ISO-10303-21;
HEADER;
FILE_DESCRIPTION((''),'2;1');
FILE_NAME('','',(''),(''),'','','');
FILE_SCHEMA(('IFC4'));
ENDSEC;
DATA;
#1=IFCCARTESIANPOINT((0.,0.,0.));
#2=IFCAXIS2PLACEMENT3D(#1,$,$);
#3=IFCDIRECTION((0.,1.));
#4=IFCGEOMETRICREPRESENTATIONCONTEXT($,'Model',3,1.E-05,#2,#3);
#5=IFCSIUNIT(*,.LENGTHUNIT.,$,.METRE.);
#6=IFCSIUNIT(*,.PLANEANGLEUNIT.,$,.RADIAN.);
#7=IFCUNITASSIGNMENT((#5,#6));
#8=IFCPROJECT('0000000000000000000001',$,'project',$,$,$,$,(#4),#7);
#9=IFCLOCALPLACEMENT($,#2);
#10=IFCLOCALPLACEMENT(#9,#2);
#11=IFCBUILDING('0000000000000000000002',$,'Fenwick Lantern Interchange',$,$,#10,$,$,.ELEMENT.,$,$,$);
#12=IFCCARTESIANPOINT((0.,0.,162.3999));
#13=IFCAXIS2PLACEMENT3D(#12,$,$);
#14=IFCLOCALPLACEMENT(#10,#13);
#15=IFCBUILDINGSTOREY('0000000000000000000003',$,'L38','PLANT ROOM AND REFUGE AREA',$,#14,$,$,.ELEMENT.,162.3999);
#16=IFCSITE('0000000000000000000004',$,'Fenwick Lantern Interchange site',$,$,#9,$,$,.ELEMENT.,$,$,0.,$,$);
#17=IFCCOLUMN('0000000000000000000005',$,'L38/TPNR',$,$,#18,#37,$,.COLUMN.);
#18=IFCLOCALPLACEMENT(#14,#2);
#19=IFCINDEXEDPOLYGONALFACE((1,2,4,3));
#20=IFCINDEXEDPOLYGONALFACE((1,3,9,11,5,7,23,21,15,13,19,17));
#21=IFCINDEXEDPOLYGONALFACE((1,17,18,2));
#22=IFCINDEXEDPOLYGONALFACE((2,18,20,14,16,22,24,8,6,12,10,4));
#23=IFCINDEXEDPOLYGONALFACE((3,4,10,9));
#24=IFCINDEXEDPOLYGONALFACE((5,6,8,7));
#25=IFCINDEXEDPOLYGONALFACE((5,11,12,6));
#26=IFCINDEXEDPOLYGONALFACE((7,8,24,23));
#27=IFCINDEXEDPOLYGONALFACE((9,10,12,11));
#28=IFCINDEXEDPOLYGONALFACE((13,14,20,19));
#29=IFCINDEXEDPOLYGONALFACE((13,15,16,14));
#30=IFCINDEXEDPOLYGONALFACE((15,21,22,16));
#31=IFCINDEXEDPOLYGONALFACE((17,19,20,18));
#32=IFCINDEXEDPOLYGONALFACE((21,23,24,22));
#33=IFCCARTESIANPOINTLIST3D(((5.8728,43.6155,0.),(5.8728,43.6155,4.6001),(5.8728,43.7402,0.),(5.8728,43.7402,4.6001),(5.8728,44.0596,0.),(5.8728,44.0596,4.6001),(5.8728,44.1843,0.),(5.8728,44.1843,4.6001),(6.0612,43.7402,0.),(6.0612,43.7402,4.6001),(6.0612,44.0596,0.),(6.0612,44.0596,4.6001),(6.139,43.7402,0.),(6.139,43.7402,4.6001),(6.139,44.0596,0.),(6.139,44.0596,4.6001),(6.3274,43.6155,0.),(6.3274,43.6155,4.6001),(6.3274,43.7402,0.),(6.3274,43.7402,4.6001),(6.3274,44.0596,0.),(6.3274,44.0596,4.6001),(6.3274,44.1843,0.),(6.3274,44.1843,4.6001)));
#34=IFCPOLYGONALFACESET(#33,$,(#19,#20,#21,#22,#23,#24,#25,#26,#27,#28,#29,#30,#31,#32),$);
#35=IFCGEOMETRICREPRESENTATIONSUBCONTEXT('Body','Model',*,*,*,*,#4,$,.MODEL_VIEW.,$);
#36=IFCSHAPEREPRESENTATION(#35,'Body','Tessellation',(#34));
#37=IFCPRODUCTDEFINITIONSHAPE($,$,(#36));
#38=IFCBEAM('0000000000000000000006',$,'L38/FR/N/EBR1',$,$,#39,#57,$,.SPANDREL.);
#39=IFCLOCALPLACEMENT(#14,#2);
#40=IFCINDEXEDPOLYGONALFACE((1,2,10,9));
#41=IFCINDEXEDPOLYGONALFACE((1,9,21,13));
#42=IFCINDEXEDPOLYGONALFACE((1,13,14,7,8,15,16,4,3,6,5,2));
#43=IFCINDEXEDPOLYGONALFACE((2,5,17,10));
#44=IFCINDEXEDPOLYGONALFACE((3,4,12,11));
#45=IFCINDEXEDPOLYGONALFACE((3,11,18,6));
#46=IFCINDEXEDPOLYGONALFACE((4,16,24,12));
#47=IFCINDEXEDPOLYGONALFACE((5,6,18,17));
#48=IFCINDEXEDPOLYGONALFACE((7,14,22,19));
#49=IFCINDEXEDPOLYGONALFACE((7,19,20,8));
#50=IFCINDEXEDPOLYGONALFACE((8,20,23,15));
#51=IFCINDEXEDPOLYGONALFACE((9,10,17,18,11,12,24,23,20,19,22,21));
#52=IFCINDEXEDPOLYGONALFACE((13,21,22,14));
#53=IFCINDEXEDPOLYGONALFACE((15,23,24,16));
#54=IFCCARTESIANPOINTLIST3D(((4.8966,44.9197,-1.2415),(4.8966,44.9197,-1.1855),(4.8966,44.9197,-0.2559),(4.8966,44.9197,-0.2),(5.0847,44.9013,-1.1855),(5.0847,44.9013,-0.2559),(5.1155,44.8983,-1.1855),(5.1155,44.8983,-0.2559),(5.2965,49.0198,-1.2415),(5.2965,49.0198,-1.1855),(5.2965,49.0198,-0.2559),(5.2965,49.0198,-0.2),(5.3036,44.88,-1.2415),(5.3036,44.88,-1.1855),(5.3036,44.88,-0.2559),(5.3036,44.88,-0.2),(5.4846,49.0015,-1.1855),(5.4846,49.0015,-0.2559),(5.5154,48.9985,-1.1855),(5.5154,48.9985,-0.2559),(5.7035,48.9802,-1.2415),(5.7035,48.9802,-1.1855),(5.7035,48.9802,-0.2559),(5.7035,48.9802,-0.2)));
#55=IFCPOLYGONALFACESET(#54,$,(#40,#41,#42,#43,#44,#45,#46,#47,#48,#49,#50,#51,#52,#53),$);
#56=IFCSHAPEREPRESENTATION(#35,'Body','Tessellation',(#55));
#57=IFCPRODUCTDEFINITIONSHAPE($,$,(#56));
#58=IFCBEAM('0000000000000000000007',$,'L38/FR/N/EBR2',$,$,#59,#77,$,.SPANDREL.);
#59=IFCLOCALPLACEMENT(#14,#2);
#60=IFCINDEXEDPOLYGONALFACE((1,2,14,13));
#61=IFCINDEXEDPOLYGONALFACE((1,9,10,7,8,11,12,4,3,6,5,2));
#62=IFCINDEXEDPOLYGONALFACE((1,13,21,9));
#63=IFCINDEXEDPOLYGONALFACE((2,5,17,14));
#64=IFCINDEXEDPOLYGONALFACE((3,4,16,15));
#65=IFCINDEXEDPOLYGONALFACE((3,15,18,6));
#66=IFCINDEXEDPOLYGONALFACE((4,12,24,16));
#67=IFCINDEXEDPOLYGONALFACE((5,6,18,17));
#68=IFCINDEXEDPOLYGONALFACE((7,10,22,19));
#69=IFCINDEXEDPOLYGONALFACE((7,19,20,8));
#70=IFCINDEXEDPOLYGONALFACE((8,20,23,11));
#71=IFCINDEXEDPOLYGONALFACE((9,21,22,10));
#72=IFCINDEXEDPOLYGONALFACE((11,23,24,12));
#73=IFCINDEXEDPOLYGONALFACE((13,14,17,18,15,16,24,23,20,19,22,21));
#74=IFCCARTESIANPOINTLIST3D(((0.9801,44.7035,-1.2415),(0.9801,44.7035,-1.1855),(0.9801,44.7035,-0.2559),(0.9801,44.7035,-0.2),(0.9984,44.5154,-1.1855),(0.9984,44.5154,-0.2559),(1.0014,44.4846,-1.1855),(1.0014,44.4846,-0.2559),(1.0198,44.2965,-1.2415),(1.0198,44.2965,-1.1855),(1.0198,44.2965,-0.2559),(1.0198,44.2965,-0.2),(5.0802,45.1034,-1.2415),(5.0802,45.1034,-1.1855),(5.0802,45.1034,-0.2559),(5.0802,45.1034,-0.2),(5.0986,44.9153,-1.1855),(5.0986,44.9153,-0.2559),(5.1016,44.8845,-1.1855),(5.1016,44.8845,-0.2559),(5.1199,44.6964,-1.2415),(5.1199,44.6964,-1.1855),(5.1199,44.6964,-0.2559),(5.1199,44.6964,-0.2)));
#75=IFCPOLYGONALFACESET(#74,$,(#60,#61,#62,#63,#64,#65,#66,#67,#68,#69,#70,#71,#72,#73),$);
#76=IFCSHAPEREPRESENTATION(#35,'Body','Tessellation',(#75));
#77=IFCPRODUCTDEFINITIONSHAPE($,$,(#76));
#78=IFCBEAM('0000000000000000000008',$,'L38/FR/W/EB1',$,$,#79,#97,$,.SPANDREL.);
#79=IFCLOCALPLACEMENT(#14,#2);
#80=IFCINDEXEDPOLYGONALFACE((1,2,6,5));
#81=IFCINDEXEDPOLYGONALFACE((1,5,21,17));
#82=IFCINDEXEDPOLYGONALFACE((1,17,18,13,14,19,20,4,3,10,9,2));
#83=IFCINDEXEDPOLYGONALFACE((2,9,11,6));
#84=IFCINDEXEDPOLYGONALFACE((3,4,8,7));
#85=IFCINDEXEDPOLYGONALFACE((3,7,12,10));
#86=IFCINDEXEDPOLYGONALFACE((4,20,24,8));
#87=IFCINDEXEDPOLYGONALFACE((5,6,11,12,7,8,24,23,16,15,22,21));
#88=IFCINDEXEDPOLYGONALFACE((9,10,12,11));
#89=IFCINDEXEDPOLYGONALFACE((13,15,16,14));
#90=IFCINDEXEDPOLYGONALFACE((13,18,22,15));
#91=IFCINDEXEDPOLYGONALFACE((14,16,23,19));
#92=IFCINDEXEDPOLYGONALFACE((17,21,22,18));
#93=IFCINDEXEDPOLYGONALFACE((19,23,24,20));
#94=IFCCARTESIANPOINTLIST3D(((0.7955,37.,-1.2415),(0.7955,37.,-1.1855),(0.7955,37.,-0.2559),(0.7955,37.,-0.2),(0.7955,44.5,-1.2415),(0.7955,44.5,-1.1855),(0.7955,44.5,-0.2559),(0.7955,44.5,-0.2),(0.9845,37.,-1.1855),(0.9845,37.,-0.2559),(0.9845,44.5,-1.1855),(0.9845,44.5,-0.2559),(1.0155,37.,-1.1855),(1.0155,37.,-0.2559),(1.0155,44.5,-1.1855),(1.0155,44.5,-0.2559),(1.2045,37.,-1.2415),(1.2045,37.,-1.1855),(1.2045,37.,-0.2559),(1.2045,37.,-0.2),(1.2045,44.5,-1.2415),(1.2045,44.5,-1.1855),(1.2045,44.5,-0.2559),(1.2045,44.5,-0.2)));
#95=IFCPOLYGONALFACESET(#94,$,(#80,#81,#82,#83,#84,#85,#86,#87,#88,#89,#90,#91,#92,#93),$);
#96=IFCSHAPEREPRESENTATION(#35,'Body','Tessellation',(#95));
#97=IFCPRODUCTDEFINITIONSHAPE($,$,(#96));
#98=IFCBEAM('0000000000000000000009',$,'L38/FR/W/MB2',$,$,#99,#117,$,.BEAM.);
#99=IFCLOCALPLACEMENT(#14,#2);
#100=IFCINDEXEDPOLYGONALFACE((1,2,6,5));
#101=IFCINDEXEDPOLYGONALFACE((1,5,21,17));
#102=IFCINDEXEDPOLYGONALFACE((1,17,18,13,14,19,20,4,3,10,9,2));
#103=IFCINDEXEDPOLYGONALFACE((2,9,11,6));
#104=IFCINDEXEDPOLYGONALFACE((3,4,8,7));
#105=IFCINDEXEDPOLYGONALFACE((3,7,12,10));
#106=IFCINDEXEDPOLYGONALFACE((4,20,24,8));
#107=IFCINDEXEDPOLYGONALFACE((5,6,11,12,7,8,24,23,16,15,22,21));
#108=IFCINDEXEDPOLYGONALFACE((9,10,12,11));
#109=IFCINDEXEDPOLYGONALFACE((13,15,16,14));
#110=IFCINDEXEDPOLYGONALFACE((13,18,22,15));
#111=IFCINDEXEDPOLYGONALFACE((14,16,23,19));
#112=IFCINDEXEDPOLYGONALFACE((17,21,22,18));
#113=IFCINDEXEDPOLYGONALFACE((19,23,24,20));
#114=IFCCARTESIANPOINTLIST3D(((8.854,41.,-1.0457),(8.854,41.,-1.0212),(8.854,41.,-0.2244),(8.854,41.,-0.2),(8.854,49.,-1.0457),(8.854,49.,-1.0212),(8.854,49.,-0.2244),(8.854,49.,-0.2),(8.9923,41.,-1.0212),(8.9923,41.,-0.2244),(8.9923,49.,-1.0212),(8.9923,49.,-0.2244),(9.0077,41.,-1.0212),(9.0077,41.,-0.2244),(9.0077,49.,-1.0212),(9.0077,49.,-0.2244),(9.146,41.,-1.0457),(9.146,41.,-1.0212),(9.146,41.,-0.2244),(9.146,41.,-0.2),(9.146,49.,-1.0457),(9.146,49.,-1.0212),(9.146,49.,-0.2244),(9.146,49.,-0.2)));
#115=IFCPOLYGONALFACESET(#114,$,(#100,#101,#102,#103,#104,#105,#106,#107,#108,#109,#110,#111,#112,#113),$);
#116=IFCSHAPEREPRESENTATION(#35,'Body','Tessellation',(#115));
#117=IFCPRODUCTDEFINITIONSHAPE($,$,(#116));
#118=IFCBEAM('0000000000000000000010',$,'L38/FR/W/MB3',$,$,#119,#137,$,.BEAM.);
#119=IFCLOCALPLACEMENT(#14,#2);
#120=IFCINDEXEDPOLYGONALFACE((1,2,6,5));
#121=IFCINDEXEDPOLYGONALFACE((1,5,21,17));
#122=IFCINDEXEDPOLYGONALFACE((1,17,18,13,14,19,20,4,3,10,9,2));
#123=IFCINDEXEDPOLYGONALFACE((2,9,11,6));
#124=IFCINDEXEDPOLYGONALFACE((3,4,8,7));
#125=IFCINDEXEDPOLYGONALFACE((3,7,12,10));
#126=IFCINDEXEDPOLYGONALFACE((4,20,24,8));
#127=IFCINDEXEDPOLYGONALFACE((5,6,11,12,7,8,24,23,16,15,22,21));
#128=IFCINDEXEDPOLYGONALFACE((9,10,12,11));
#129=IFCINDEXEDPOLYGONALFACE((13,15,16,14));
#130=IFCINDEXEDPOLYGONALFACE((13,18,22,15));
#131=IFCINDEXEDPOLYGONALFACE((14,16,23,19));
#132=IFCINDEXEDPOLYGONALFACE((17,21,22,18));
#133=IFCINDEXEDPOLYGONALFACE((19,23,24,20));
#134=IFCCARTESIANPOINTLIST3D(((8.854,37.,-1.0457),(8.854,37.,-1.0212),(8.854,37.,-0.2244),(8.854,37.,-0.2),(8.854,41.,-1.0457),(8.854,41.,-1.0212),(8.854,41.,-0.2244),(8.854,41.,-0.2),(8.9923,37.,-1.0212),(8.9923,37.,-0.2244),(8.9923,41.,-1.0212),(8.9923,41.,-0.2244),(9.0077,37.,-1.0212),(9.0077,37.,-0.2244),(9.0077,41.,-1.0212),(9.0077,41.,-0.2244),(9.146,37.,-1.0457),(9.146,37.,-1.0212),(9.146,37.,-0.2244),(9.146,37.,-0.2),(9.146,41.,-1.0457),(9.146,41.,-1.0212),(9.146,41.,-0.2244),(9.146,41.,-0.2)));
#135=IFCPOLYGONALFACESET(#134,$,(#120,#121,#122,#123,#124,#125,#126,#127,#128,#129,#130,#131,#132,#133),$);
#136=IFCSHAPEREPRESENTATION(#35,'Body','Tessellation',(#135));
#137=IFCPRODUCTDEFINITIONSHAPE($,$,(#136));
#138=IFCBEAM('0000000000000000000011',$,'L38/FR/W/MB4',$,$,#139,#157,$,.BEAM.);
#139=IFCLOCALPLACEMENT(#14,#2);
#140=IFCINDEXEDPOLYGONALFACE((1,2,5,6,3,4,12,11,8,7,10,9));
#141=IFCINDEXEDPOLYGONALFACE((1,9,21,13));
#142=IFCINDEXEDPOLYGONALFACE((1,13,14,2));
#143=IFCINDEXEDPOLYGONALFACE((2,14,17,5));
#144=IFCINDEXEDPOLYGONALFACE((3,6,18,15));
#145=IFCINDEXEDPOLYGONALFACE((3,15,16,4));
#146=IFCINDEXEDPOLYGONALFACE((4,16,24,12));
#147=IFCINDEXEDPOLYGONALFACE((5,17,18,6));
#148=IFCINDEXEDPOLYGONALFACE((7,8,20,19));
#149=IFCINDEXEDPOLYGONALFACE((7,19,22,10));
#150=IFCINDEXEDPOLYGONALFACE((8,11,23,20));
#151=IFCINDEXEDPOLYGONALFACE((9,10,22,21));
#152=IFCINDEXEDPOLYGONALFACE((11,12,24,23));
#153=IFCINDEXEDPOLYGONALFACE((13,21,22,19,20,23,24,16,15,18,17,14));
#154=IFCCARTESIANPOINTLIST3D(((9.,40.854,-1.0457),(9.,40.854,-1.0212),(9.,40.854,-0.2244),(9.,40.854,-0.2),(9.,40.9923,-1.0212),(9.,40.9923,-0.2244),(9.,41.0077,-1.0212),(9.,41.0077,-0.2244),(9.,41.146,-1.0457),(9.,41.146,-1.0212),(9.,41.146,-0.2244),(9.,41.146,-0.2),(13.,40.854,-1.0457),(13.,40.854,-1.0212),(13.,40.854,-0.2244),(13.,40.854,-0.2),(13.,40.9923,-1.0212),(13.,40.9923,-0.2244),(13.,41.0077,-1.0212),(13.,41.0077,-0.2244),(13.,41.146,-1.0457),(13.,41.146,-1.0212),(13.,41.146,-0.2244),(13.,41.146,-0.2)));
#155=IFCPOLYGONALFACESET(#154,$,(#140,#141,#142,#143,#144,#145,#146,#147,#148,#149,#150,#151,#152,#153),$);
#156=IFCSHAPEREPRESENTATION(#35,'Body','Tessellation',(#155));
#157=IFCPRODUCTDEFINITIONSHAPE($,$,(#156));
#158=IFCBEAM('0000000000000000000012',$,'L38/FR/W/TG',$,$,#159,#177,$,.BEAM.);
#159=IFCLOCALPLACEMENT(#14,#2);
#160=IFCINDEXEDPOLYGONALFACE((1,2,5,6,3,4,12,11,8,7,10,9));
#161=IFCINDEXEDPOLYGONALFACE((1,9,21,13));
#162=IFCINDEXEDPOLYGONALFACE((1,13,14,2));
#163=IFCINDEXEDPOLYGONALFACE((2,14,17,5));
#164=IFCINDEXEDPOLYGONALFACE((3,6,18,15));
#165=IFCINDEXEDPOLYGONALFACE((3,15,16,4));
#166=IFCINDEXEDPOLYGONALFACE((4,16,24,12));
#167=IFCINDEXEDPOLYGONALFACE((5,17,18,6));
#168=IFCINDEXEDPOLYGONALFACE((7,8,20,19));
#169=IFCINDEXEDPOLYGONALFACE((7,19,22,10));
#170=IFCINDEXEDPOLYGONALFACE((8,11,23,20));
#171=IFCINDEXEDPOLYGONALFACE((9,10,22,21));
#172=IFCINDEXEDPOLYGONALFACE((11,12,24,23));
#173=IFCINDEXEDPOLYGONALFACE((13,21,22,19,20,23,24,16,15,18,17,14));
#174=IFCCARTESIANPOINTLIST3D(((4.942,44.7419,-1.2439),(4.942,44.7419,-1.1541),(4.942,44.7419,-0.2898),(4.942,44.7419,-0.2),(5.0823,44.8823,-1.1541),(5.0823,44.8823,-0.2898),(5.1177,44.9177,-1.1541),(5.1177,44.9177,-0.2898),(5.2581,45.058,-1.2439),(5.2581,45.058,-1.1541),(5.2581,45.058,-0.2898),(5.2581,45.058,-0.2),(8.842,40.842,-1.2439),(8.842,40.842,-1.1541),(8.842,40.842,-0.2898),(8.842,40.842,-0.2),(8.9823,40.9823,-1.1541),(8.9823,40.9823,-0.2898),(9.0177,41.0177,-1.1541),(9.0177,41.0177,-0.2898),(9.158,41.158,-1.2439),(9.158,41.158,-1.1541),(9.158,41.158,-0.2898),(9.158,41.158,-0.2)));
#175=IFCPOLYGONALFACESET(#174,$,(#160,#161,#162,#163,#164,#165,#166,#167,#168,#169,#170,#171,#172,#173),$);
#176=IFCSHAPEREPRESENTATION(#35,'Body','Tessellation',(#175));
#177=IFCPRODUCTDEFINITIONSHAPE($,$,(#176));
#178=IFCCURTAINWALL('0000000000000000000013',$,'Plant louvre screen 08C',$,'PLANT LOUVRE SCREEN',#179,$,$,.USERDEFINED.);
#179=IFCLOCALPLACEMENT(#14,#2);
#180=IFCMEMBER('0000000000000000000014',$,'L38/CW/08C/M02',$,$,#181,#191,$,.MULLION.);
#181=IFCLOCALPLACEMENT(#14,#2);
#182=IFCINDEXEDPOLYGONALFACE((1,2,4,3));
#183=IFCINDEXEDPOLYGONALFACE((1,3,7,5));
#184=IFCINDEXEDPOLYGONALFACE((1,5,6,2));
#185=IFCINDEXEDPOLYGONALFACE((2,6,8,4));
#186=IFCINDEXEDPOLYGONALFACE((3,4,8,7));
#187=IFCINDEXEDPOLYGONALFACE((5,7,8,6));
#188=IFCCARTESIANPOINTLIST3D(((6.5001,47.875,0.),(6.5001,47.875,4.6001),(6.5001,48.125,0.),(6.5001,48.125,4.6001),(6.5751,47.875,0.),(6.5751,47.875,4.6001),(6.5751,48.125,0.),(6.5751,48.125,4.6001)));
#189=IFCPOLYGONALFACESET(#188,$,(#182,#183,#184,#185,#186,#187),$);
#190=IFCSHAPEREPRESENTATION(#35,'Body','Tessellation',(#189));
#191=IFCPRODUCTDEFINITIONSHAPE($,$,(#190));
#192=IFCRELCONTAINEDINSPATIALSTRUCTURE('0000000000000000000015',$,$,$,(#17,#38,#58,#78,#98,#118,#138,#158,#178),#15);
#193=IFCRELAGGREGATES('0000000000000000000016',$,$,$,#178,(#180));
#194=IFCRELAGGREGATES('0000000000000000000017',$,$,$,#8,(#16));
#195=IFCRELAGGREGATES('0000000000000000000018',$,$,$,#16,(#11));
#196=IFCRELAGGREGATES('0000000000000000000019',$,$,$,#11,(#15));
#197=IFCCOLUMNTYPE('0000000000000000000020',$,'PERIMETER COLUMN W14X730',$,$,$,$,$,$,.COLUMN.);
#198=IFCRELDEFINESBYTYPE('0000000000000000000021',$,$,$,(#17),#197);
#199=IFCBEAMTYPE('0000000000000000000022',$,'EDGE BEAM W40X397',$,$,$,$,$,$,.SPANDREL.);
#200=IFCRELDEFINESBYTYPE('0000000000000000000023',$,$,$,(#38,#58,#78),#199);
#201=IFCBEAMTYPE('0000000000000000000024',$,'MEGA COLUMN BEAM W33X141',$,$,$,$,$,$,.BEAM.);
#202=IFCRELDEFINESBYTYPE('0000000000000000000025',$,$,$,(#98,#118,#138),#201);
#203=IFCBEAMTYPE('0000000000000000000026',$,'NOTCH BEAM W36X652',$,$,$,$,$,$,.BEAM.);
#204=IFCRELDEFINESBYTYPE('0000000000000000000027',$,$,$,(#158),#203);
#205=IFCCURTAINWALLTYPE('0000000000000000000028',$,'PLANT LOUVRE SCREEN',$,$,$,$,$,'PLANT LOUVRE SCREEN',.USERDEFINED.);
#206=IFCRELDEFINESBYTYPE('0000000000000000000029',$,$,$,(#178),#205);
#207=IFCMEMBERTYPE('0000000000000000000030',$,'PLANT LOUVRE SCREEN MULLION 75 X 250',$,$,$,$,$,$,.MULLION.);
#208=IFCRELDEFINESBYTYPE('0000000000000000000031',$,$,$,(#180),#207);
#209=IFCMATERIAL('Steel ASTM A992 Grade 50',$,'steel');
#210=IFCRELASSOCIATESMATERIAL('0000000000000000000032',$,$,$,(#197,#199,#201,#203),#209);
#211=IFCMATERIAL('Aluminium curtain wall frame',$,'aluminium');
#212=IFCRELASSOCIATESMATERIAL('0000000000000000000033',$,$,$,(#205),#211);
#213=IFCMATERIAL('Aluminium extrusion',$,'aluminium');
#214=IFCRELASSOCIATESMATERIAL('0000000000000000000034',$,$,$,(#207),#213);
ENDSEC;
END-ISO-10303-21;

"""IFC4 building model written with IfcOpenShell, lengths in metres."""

from ifc_helpers import new_model, si_unit, direction, frame, origin, origin_2d, place, context, subcontext, project, spatial, rectangle, i_section, extrude, material, material_profile, profile_set, type_object, element, aggregate, save


model = new_model("IFC4")

# Units and contexts
model_context = context("Model", 3, precision=1e-05, world=origin(), true_north=direction((0.0, 1.0)))
body_context = subcontext(model_context, "Body", "Model", "MODEL_VIEW")
ifc_project = project(units=[si_unit("LENGTHUNIT", "METRE"), si_unit("PLANEANGLEUNIT", "RADIAN")], contexts=[model_context])

# Site, building, storey
site_placement = place(None, origin())
site = spatial("IfcSite", under=ifc_project, at=site_placement, Name="Fenwick Lantern Interchange site", CompositionType="ELEMENT", RefElevation=0.0)
building_placement = place(site_placement, origin())
building = spatial("IfcBuilding", under=site, at=building_placement, Name="Fenwick Lantern Interchange", CompositionType="ELEMENT")
storey_placement = place(building_placement, frame((0.0, 0.0, 162.3999)))
storey = spatial("IfcBuildingStorey", under=building, at=storey_placement, Name="L38", Description="PLANT ROOM AND REFUGE AREA", CompositionType="ELEMENT", Elevation=162.3999)

# Column
ifc_material_1 = material(Name="Steel ASTM A992 Grade 50", Category="steel")
ifc_material_profile_1 = material_profile(ifc_material_1, i_section(OverallWidth=0.4546, OverallDepth=0.5688, WebThickness=0.0779, FlangeThickness=0.1248, at=origin_2d()), Name="W14X730")
ifc_profile_set_1 = profile_set([ifc_material_profile_1], Name="Steel ASTM A992 Grade 50")
column_type = type_object("IfcColumnType", Name="PERIMETER COLUMN W14X730", PredefinedType="COLUMN", material=ifc_profile_set_1)
column_placement = place(storey_placement, frame((6.1001, 43.8999, 0.0), z_axis=(0.0, 0.0, 1.0), x_axis=(1.0, 0.0, 0.0)))
element("IfcColumn", 1, at=column_placement, inside=storey, type_object=column_type, Name="L38/TPNR", PredefinedType="COLUMN", context=body_context, shape_type="SweptSolid", body=[
    extrude(i_section(OverallWidth=0.4546, OverallDepth=0.5688, WebThickness=0.0779, FlangeThickness=0.1248, at=origin_2d()), origin(), (0.0, 0.0, 1.0), 4.6001),
])

# Beams
ifc_material_profile_2 = material_profile(ifc_material_1, i_section(OverallWidth=0.4089, OverallDepth=1.0415, WebThickness=0.031, FlangeThickness=0.0559, at=origin_2d()), Name="W40X397")
ifc_profile_set_2 = profile_set([ifc_material_profile_2], Name="Steel ASTM A992 Grade 50")
beam_type_1 = type_object("IfcBeamType", Name="EDGE BEAM W40X397", PredefinedType="SPANDREL", material=ifc_profile_set_2)
for number, where, z_axis, x_axis, name in (
    (2, (5.5, 49.0, -0.7207), (-0.097074, -0.995277, 0.0), (0.995277, -0.097074, 0.0), "L38/FR/N/EBR1"),
    (3, (5.1001, 44.8999, -0.7207), (-0.995277, -0.097074, 0.0), (0.097074, -0.995277, 0.0), "L38/FR/N/EBR2"),
):
    element("IfcBeam", number, at=place(storey_placement, frame(where, z_axis=z_axis, x_axis=x_axis)), inside=storey, type_object=beam_type_1, Name=name, PredefinedType="SPANDREL", context=body_context, shape_type="SweptSolid", body=[
        extrude(i_section(OverallWidth=0.4089, OverallDepth=1.0415, WebThickness=0.031, FlangeThickness=0.0559, at=origin_2d()), origin(), (0.0, 0.0, 1.0), 4.1196),
    ])
beam_1_placement = place(storey_placement, frame((1.0, 44.5, -0.7207), z_axis=(0.0, -1.0, 0.0), x_axis=(1.0, 0.0, 0.0)))
element("IfcBeam", 4, at=beam_1_placement, inside=storey, type_object=beam_type_1, Name="L38/FR/W/EB1", PredefinedType="SPANDREL", context=body_context, shape_type="SweptSolid", body=[
    extrude(i_section(OverallWidth=0.4089, OverallDepth=1.0415, WebThickness=0.031, FlangeThickness=0.0559, at=origin_2d()), origin(), (0.0, 0.0, 1.0), 7.5),
])
ifc_material_profile_3 = material_profile(ifc_material_1, i_section(OverallWidth=0.292, OverallDepth=0.8457, WebThickness=0.0154, FlangeThickness=0.0244, at=origin_2d()), Name="W33X141")
ifc_profile_set_3 = profile_set([ifc_material_profile_3], Name="Steel ASTM A992 Grade 50")
beam_type_2 = type_object("IfcBeamType", Name="MEGA COLUMN BEAM W33X141", PredefinedType="BEAM", material=ifc_profile_set_3)
beam_2_placement = place(storey_placement, frame((9.0, 41.0, -0.6228), z_axis=(0.0, 1.0, 0.0), x_axis=(-1.0, 0.0, 0.0)))
element("IfcBeam", 5, at=beam_2_placement, inside=storey, type_object=beam_type_2, Name="L38/FR/W/MB2", PredefinedType="BEAM", context=body_context, shape_type="SweptSolid", body=[
    extrude(i_section(OverallWidth=0.292, OverallDepth=0.8457, WebThickness=0.0154, FlangeThickness=0.0244, at=origin_2d()), origin(), (0.0, 0.0, 1.0), 8.0),
])
for number, where, z_axis, x_axis, name in (
    (6, (9.0, 41.0, -0.6228), (0.0, -1.0, 0.0), (1.0, 0.0, 0.0), "L38/FR/W/MB3"),
    (7, (9.0, 41.0, -0.6228), (1.0, 0.0, 0.0), (0.0, 1.0, 0.0), "L38/FR/W/MB4"),
):
    element("IfcBeam", number, at=place(storey_placement, frame(where, z_axis=z_axis, x_axis=x_axis)), inside=storey, type_object=beam_type_2, Name=name, PredefinedType="BEAM", context=body_context, shape_type="SweptSolid", body=[
        extrude(i_section(OverallWidth=0.292, OverallDepth=0.8457, WebThickness=0.0154, FlangeThickness=0.0244, at=origin_2d()), origin(), (0.0, 0.0, 1.0), 4.0),
    ])
ifc_material_profile_4 = material_profile(ifc_material_1, i_section(OverallWidth=0.447, OverallDepth=1.0439, WebThickness=0.05, FlangeThickness=0.0898, at=origin_2d()), Name="W36X652")
ifc_profile_set_4 = profile_set([ifc_material_profile_4], Name="Steel ASTM A992 Grade 50")
beam_type_3 = type_object("IfcBeamType", Name="NOTCH BEAM W36X652", PredefinedType="BEAM", material=ifc_profile_set_4)
beam_3_placement = place(storey_placement, frame((9.0, 41.0, -0.7219), z_axis=(-0.707107, 0.707107, 0.0), x_axis=(-0.707107, -0.707107, 0.0)))
element("IfcBeam", 8, at=beam_3_placement, inside=storey, type_object=beam_type_3, Name="L38/FR/W/TG", PredefinedType="BEAM", context=body_context, shape_type="SweptSolid", body=[
    extrude(i_section(OverallWidth=0.447, OverallDepth=1.0439, WebThickness=0.05, FlangeThickness=0.0898, at=origin_2d()), origin(), (0.0, 0.0, 1.0), 5.5154),
])

# Curtain wall, member
ifc_material_2 = material(Name="Aluminium curtain wall frame", Category="aluminium")
curtain_wall_type = type_object("IfcCurtainWallType", Name="PLANT LOUVRE SCREEN", ElementType="PLANT LOUVRE SCREEN", PredefinedType="USERDEFINED", material=ifc_material_2)
curtain_wall_1_placement = place(storey_placement, origin())
curtain_wall_1 = element("IfcCurtainWall", 9, at=curtain_wall_1_placement, inside=storey, type_object=curtain_wall_type, Name="Plant louvre screen 08C", ObjectType="PLANT LOUVRE SCREEN", PredefinedType="USERDEFINED")
ifc_material_3 = material(Name="Aluminium extrusion", Category="aluminium")
ifc_material_profile_5 = material_profile(ifc_material_3, rectangle(XDim=0.25, YDim=0.075, at=origin_2d()), Name="PLANT LOUVRE SCREEN MULLION 75 X 250")
ifc_profile_set_5 = profile_set([ifc_material_profile_5], Name="Aluminium extrusion")
member_type_1 = type_object("IfcMemberType", Name="PLANT LOUVRE SCREEN MULLION 75 X 250", PredefinedType="MULLION", material=ifc_profile_set_5)
member_1_placement = place(storey_placement, frame((6.5376, 48.0, 0.0), z_axis=(0.0, 0.0, 1.0), x_axis=(0.0, -1.0, 0.0)))
member_1 = element("IfcMember", 10, at=member_1_placement, type_object=member_type_1, Name="L38/CW/08C/M02", PredefinedType="MULLION", context=body_context, shape_type="SweptSolid", body=[
    extrude(rectangle(XDim=0.25, YDim=0.075, at=origin_2d()), origin(), (0.0, 0.0, 1.0), 4.6001),
])

aggregate(curtain_wall_1, [member_1])

save(model, "model.ifc")
